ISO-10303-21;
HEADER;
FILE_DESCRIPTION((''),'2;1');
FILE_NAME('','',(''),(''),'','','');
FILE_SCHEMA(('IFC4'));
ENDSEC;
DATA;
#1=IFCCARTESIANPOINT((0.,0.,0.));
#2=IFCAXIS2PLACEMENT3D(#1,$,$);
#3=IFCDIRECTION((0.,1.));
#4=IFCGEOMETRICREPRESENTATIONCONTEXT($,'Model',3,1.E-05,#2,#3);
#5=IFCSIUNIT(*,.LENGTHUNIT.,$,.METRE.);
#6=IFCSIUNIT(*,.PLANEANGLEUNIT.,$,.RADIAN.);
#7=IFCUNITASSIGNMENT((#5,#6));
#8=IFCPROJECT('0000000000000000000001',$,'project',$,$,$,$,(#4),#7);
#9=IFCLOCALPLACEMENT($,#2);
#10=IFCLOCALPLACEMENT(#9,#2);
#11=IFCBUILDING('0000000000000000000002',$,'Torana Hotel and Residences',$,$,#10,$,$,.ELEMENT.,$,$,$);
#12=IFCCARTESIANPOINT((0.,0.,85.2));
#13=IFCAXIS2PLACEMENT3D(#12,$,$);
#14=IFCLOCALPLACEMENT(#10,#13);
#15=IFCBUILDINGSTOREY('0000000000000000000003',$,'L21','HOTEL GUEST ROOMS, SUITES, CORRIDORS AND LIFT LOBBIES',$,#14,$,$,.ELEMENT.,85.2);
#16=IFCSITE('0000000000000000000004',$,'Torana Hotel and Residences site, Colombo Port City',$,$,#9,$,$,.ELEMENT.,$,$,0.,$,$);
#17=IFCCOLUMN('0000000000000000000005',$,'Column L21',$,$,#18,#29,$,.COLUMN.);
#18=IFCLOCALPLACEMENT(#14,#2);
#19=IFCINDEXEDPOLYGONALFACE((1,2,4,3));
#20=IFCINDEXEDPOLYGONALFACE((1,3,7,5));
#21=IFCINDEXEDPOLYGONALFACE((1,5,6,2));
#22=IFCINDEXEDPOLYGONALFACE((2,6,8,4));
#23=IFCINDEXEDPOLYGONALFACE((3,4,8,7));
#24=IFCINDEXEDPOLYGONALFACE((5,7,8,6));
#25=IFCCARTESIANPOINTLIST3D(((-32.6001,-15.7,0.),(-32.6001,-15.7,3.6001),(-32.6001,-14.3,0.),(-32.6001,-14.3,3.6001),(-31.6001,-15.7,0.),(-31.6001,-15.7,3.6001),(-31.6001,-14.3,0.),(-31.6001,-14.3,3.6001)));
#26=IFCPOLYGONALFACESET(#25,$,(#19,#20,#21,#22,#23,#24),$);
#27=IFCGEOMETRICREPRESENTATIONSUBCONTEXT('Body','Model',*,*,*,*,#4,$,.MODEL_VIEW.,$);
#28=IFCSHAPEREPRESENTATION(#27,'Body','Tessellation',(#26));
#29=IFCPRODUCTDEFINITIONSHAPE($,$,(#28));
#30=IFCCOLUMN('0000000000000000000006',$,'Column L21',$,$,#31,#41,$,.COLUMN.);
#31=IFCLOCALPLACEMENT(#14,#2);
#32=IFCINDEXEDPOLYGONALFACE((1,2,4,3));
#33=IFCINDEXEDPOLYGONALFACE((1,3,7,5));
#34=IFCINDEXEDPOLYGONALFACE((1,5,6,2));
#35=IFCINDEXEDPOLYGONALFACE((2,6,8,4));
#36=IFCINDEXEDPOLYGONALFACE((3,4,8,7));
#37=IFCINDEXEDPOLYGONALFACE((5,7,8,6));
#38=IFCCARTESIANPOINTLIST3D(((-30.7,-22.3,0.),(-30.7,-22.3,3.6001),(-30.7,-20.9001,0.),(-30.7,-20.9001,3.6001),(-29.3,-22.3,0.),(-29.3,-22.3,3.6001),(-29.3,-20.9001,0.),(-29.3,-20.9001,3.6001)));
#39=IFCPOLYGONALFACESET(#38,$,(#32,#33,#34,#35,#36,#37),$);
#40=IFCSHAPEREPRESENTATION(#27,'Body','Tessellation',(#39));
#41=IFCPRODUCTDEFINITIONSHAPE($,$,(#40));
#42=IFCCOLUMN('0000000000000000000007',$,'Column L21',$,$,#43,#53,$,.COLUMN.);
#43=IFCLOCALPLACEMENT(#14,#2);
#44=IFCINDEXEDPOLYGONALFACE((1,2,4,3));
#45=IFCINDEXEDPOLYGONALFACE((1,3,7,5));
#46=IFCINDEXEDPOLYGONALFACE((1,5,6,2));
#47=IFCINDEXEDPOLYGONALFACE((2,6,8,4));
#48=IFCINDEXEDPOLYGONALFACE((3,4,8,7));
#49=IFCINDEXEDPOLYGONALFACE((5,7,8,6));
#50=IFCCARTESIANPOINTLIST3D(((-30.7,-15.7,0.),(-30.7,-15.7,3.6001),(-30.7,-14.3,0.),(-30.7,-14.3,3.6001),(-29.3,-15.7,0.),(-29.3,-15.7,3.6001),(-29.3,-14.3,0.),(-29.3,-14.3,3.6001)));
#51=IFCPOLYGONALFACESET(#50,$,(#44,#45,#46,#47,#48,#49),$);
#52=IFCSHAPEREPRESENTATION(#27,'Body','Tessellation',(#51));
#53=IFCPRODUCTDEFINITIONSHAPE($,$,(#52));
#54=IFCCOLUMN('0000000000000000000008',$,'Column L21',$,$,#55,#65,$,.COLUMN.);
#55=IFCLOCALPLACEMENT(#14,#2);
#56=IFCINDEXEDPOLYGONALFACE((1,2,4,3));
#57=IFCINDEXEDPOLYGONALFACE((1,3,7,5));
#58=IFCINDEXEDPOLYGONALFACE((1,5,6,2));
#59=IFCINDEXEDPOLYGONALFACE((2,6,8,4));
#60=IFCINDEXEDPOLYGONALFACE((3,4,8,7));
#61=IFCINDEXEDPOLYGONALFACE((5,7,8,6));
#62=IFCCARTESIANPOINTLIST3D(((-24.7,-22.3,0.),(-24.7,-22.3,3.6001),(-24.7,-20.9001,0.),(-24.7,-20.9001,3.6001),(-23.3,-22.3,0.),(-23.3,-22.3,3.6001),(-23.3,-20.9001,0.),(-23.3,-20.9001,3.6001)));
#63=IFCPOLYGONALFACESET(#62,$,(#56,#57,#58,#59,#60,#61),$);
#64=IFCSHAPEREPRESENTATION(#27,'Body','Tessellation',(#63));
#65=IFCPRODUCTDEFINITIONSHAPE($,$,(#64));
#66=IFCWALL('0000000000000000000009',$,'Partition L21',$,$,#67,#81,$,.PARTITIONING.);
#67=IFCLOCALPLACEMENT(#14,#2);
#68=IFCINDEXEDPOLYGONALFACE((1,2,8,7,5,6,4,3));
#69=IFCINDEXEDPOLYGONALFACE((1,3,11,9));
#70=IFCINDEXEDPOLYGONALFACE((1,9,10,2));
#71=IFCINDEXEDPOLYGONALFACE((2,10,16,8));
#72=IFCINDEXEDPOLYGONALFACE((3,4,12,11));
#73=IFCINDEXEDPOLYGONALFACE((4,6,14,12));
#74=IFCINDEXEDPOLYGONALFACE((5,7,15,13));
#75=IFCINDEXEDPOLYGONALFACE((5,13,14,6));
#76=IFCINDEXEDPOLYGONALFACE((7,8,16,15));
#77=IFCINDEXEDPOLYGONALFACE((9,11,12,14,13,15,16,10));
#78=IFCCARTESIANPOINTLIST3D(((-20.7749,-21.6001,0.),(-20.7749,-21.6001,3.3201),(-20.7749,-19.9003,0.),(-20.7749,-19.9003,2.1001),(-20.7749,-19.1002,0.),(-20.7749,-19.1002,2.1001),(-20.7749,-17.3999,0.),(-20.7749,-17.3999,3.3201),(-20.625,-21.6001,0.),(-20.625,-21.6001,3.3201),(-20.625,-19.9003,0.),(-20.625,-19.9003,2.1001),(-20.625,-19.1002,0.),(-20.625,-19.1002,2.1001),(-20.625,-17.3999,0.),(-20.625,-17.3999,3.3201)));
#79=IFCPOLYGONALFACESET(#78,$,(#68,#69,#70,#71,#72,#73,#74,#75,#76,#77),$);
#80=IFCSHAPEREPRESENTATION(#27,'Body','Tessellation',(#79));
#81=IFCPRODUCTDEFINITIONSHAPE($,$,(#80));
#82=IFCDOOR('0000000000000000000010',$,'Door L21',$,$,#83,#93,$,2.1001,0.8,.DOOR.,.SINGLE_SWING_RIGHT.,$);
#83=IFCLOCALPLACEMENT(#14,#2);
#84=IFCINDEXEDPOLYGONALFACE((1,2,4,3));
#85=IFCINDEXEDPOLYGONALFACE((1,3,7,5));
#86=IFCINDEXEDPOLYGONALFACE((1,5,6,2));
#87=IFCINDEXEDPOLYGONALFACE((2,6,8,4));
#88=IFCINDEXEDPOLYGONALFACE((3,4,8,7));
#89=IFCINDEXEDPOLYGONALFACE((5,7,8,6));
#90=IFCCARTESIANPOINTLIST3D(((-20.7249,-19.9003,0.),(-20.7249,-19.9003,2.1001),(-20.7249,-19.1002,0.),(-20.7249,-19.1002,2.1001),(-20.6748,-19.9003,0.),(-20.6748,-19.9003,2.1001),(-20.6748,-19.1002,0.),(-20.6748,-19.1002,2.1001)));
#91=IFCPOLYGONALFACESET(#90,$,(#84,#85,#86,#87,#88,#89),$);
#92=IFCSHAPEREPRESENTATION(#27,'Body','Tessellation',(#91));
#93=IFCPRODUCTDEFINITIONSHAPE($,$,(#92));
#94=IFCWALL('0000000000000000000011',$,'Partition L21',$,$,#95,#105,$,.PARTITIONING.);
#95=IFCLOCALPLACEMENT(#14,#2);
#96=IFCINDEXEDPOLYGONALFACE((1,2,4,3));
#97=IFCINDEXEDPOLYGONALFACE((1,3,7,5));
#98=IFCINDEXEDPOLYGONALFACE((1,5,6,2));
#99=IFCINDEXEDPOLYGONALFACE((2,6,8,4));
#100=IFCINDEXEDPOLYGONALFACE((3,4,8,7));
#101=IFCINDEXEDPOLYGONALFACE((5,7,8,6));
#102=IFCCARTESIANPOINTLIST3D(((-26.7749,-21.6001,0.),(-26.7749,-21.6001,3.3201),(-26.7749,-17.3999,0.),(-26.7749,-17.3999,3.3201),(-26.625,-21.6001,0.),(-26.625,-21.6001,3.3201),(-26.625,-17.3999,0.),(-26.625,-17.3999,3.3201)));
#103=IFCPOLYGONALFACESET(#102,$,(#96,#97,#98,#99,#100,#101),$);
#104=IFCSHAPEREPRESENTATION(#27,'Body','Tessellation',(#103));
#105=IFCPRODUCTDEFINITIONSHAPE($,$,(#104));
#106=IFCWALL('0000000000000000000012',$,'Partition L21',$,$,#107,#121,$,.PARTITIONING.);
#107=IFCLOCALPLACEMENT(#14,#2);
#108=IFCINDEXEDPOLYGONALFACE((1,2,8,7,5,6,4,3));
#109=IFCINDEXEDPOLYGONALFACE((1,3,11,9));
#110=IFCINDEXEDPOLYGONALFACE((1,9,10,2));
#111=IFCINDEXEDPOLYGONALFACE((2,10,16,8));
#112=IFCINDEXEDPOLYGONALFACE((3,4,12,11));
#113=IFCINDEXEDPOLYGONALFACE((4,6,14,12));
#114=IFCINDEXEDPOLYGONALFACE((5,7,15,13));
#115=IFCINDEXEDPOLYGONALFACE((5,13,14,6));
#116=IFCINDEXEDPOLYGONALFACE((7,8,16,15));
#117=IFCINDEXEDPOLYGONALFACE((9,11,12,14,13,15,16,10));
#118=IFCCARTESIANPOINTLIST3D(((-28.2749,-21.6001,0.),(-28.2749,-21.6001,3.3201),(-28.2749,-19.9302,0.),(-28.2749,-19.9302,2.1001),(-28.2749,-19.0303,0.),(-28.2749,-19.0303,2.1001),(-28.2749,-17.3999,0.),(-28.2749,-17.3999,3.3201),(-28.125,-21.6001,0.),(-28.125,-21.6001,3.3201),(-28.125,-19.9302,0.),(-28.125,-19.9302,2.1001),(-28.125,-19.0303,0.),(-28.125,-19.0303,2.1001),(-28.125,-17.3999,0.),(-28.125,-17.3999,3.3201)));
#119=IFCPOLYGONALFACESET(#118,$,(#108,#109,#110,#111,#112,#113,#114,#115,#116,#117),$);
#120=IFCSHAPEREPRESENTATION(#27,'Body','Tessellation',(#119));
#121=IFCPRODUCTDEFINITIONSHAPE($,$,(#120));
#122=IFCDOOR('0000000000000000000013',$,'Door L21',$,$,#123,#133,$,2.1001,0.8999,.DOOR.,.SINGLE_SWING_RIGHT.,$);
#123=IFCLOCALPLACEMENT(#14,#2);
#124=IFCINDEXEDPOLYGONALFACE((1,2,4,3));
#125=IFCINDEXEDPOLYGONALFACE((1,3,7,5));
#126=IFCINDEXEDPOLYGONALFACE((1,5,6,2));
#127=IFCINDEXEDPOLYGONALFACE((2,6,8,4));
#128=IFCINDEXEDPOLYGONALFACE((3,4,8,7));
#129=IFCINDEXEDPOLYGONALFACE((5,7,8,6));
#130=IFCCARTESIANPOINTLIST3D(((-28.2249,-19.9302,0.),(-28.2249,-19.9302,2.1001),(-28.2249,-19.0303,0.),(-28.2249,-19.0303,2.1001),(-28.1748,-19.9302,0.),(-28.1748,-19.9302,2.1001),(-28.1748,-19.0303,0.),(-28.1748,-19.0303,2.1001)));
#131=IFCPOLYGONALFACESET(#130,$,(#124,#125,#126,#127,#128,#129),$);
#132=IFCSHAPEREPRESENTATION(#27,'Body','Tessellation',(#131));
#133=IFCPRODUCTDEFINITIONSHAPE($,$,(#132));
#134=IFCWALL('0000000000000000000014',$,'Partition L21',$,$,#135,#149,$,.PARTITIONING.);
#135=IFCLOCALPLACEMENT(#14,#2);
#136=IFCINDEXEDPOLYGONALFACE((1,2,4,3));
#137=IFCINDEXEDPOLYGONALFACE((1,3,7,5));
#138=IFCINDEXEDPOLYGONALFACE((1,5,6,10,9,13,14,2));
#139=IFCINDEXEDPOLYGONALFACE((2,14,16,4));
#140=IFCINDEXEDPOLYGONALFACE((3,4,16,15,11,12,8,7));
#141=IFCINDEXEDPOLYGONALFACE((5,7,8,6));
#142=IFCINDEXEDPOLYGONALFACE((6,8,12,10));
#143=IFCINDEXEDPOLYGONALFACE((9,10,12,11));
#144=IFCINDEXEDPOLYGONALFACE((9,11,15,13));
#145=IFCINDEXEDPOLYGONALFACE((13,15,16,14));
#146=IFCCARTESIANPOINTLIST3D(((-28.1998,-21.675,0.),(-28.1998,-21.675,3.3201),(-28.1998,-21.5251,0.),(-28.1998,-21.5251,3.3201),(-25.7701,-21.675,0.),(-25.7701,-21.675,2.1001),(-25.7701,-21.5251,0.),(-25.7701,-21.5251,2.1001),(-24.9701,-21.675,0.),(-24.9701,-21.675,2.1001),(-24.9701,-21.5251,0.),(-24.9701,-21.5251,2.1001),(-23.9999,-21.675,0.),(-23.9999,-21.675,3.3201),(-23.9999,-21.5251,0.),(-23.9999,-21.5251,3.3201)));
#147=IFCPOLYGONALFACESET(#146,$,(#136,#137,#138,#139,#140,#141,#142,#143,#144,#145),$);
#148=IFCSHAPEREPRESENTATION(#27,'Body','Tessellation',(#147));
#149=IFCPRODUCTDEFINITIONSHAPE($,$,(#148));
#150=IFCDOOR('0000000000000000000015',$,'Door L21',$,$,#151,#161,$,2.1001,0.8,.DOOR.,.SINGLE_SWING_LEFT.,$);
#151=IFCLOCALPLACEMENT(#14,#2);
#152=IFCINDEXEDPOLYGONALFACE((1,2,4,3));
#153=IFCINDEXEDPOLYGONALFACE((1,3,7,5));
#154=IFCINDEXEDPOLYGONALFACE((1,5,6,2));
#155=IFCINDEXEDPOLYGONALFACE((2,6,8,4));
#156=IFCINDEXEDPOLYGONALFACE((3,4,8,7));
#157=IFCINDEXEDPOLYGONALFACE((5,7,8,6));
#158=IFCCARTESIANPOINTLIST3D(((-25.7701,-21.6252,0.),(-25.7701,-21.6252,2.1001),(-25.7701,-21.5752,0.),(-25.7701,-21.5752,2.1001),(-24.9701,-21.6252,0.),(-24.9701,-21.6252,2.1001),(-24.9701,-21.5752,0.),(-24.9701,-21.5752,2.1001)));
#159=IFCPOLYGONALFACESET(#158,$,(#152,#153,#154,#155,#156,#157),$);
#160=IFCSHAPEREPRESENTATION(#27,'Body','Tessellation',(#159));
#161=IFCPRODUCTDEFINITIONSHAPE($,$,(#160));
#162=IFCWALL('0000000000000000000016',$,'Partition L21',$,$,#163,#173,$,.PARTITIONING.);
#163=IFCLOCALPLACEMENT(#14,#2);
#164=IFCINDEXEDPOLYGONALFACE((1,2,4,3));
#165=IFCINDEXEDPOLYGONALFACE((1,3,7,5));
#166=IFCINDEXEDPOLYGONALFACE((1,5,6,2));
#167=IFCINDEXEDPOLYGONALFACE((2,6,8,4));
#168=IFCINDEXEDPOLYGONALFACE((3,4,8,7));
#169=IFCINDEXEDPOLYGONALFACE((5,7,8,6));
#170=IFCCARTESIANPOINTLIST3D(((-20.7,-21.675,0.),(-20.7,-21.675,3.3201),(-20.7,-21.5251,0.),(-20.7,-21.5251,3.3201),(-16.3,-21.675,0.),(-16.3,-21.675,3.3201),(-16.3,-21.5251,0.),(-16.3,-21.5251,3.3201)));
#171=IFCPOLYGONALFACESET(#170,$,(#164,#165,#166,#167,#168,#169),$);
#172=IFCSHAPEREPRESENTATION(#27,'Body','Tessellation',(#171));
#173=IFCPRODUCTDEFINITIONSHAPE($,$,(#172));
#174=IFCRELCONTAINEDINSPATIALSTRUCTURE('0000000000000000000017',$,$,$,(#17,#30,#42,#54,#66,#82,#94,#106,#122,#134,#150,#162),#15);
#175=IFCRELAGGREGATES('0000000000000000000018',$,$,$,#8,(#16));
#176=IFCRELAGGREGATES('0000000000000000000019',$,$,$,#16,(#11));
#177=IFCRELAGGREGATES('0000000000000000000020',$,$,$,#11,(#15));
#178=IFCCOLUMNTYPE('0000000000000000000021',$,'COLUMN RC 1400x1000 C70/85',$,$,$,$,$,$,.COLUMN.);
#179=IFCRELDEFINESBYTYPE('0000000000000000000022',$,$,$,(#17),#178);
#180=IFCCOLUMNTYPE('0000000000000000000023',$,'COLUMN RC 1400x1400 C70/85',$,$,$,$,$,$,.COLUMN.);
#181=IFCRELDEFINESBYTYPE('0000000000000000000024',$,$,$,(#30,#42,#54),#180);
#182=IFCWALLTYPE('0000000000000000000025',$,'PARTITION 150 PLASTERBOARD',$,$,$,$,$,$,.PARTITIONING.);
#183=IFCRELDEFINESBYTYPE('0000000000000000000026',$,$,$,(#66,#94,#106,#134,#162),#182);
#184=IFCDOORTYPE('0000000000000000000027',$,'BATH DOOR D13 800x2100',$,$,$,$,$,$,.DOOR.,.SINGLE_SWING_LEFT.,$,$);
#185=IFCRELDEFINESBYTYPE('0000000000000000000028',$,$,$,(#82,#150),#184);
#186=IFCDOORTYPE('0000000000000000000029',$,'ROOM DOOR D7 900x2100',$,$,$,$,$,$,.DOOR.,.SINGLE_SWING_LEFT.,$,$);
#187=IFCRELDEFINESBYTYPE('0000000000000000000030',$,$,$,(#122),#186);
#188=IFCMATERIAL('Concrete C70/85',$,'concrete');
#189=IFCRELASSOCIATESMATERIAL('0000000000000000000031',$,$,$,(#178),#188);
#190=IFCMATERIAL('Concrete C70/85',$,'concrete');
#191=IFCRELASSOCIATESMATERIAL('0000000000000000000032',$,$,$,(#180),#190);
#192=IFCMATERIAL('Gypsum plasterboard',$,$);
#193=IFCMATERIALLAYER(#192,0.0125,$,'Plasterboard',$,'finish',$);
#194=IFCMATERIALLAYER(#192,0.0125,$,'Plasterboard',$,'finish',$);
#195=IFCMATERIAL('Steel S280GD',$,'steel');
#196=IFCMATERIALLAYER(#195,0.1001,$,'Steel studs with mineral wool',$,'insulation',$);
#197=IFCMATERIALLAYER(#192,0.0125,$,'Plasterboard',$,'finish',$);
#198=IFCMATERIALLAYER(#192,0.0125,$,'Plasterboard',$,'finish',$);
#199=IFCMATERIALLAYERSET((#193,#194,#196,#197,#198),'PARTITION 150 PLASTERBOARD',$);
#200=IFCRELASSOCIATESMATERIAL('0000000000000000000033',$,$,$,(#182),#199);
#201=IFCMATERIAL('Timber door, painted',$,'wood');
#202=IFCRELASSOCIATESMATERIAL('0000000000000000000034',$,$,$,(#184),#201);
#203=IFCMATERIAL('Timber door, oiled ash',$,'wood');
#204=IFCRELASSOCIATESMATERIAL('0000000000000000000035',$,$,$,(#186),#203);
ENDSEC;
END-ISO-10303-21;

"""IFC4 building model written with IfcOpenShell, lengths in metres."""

from ifc_helpers import new_model, si_unit, direction, frame, frame_2d, origin, origin_2d, place, context, subcontext, project, spatial, rectangle, extrude, material, layer, layer_set, material_profile, profile_set, type_object, element, fill, save


model = new_model("IFC4")

# Units and contexts
model_context = context("Model", 3, precision=1e-05, world=origin(), true_north=direction((0.0, 1.0)))
body_context = subcontext(model_context, "Body", "Model", "MODEL_VIEW")
ifc_project = project(units=[si_unit("LENGTHUNIT", "METRE"), si_unit("PLANEANGLEUNIT", "RADIAN")], contexts=[model_context])

# Site, building, storey
site_placement = place(None, origin())
site = spatial("IfcSite", under=ifc_project, at=site_placement, Name="Torana Hotel and Residences site, Colombo Port City", CompositionType="ELEMENT", RefElevation=0.0)
building_placement = place(site_placement, origin())
building = spatial("IfcBuilding", under=site, at=building_placement, Name="Torana Hotel and Residences", CompositionType="ELEMENT")
storey_placement = place(building_placement, frame((0.0, 0.0, 85.2)))
storey = spatial("IfcBuildingStorey", under=building, at=storey_placement, Name="L21", Description="HOTEL GUEST ROOMS, SUITES, CORRIDORS AND LIFT LOBBIES", CompositionType="ELEMENT", Elevation=85.2)

# Columns
ifc_material_1 = material(Name="Concrete C70/85", Category="concrete")
ifc_material_profile_1 = material_profile(ifc_material_1, rectangle(XDim=1.3999, YDim=1.0, at=origin_2d()), Name="RC 1400x1000")
ifc_profile_set_1 = profile_set([ifc_material_profile_1], Name="Concrete C70/85")
column_type_1 = type_object("IfcColumnType", Name="COLUMN RC 1400x1000 C70/85", PredefinedType="COLUMN", material=ifc_profile_set_1)
column_placement = place(storey_placement, frame((-32.1001, -15.0, 0.0), z_axis=(0.0, 0.0, 1.0), x_axis=(0.0, 1.0, 0.0)))
element("IfcColumn", 1, at=column_placement, inside=storey, type_object=column_type_1, Name="Column L21", PredefinedType="COLUMN", context=body_context, shape_type="SweptSolid", body=[
    extrude(rectangle(XDim=1.3999, YDim=1.0, at=origin_2d()), origin(), (0.0, 0.0, 1.0), 3.6001),
])
ifc_material_2 = material(Name="Concrete C70/85", Category="concrete")
ifc_material_profile_2 = material_profile(ifc_material_2, rectangle(XDim=1.3999, YDim=1.3999, at=origin_2d()), Name="RC 1400x1400")
ifc_profile_set_2 = profile_set([ifc_material_profile_2], Name="Concrete C70/85")
column_type_2 = type_object("IfcColumnType", Name="COLUMN RC 1400x1400 C70/85", PredefinedType="COLUMN", material=ifc_profile_set_2)
for number, where, z_axis, x_axis, name in (
    (2, (-30.0, -21.6001, 0.0), (0.0, 0.0, 1.0), (1.0, 0.0, 0.0), "Column L21"),
    (3, (-30.0, -15.0, 0.0), (0.0, 0.0, 1.0), (1.0, 0.0, 0.0), "Column L21"),
    (4, (-24.0, -21.6001, 0.0), (0.0, 0.0, 1.0), (1.0, 0.0, 0.0), "Column L21"),
):
    element("IfcColumn", number, at=place(storey_placement, frame(where, z_axis=z_axis, x_axis=x_axis)), inside=storey, type_object=column_type_2, Name=name, PredefinedType="COLUMN", context=body_context, shape_type="SweptSolid", body=[
        extrude(rectangle(XDim=1.3999, YDim=1.3999, at=origin_2d()), origin(), (0.0, 0.0, 1.0), 3.6001),
    ])

# Wall, opening, door
ifc_material_3 = material(Name="Gypsum plasterboard")
ifc_layer_1 = layer(ifc_material_3, 0.0125, Name="Plasterboard", Category="finish")
ifc_layer_2 = layer(ifc_material_3, 0.0125, Name="Plasterboard", Category="finish")
ifc_material_4 = material(Name="Steel S280GD", Category="steel")
ifc_layer_3 = layer(ifc_material_4, 0.1001, Name="Steel studs with mineral wool", Category="insulation")
ifc_layer_4 = layer(ifc_material_3, 0.0125, Name="Plasterboard", Category="finish")
ifc_layer_5 = layer(ifc_material_3, 0.0125, Name="Plasterboard", Category="finish")
ifc_layer_set = layer_set([ifc_layer_1, ifc_layer_2, ifc_layer_3, ifc_layer_4, ifc_layer_5], Name="PARTITION 150 PLASTERBOARD")
wall_type = type_object("IfcWallType", Name="PARTITION 150 PLASTERBOARD", PredefinedType="PARTITIONING", material=ifc_layer_set)
wall_1_placement = place(storey_placement, frame((-20.7, -21.6001, 0.0), z_axis=(0.0, 0.0, 1.0), x_axis=(0.0, 1.0, 0.0)))
wall_1 = element("IfcWall", 5, at=wall_1_placement, inside=storey, type_object=wall_type, Name="Partition L21", PredefinedType="PARTITIONING", context=body_context, shape_type="SweptSolid", body=[
    extrude(rectangle(XDim=4.2002, YDim=0.1499, at=frame_2d((2.1001, 0.0))), origin(), (0.0, 0.0, 1.0), 3.3201),
])
opening_1_placement = place(wall_1_placement, frame((1.7, 0.0, 0.0)))
opening_1 = element("IfcOpeningElement", 6, at=opening_1_placement, cuts=wall_1, PredefinedType="OPENING", context=body_context, shape_type="SweptSolid", body=[
    extrude(rectangle(XDim=0.8, YDim=2.1001, at=frame_2d((0.3999, 1.05))), frame((0.0, 0.085, 0.0), z_axis=(0.0, -1.0, 0.0), x_axis=(1.0, 0.0, 0.0)), (0.0, 0.0, 1.0), 0.1699),
])
ifc_material_5 = material(Name="Timber door, painted", Category="wood")
door_type_1 = type_object("IfcDoorType", Name="BATH DOOR D13 800x2100", OperationType="SINGLE_SWING_LEFT", PredefinedType="DOOR", material=ifc_material_5)
door_1_placement = place(opening_1_placement, origin())
door_1 = element("IfcDoor", 7, at=door_1_placement, inside=storey, type_object=door_type_1, Name="Door L21", OperationType="SINGLE_SWING_RIGHT", OverallHeight=2.1001, OverallWidth=0.8, PredefinedType="DOOR", context=body_context, shape_type="SweptSolid", body=[
    extrude(rectangle(XDim=0.8, YDim=2.1001, at=frame_2d((0.3999, 1.05))), frame((0.0, 0.0249, 0.0), z_axis=(0.0, -1.0, 0.0), x_axis=(1.0, 0.0, 0.0)), (0.0, 0.0, 1.0), 0.05),
])
fill(opening_1, door_1)

# Wall
wall_2_placement = place(storey_placement, frame((-26.7, -21.6001, 0.0), z_axis=(0.0, 0.0, 1.0), x_axis=(0.0, 1.0, 0.0)))
element("IfcWall", 8, at=wall_2_placement, inside=storey, type_object=wall_type, Name="Partition L21", PredefinedType="PARTITIONING", context=body_context, shape_type="SweptSolid", body=[
    extrude(rectangle(XDim=4.2002, YDim=0.1499, at=frame_2d((2.1001, 0.0))), origin(), (0.0, 0.0, 1.0), 3.3201),
])

# Walls, openings, doors
wall_3_placement = place(storey_placement, frame((-28.2, -21.6001, 0.0), z_axis=(0.0, 0.0, 1.0), x_axis=(0.0, 1.0, 0.0)))
wall_3 = element("IfcWall", 9, at=wall_3_placement, inside=storey, type_object=wall_type, Name="Partition L21", PredefinedType="PARTITIONING", context=body_context, shape_type="SweptSolid", body=[
    extrude(rectangle(XDim=4.2002, YDim=0.1499, at=frame_2d((2.1001, 0.0))), origin(), (0.0, 0.0, 1.0), 3.3201),
])
opening_2_placement = place(wall_3_placement, frame((1.6699, 0.0, 0.0)))
opening_2 = element("IfcOpeningElement", 10, at=opening_2_placement, cuts=wall_3, PredefinedType="OPENING", context=body_context, shape_type="SweptSolid", body=[
    extrude(rectangle(XDim=0.8999, YDim=2.1001, at=frame_2d((0.45, 1.05))), frame((0.0, 0.085, 0.0), z_axis=(0.0, -1.0, 0.0), x_axis=(1.0, 0.0, 0.0)), (0.0, 0.0, 1.0), 0.1699),
])
ifc_material_6 = material(Name="Timber door, oiled ash", Category="wood")
door_type_2 = type_object("IfcDoorType", Name="ROOM DOOR D7 900x2100", OperationType="SINGLE_SWING_LEFT", PredefinedType="DOOR", material=ifc_material_6)
door_2_placement = place(opening_2_placement, origin())
door_2 = element("IfcDoor", 11, at=door_2_placement, inside=storey, type_object=door_type_2, Name="Door L21", OperationType="SINGLE_SWING_RIGHT", OverallHeight=2.1001, OverallWidth=0.8999, PredefinedType="DOOR", context=body_context, shape_type="SweptSolid", body=[
    extrude(rectangle(XDim=0.8999, YDim=2.1001, at=frame_2d((0.45, 1.05))), frame((0.0, 0.0249, 0.0), z_axis=(0.0, -1.0, 0.0), x_axis=(1.0, 0.0, 0.0)), (0.0, 0.0, 1.0), 0.05),
])
fill(opening_2, door_2)
wall_4_placement = place(storey_placement, frame((-28.2, -21.6001, 0.0), z_axis=(0.0, 0.0, 1.0), x_axis=(1.0, 0.0, 0.0)))
wall_4 = element("IfcWall", 12, at=wall_4_placement, inside=storey, type_object=wall_type, Name="Partition L21", PredefinedType="PARTITIONING", context=body_context, shape_type="SweptSolid", body=[
    extrude(rectangle(XDim=4.2, YDim=0.1499, at=frame_2d((2.1001, 0.0))), origin(), (0.0, 0.0, 1.0), 3.3201),
])
opening_3_placement = place(wall_4_placement, frame((2.4299, 0.0, 0.0)))
opening_3 = element("IfcOpeningElement", 13, at=opening_3_placement, cuts=wall_4, PredefinedType="OPENING", context=body_context, shape_type="SweptSolid", body=[
    extrude(rectangle(XDim=0.8, YDim=2.1001, at=frame_2d((0.3999, 1.05))), frame((0.0, 0.085, 0.0), z_axis=(0.0, -1.0, 0.0), x_axis=(1.0, 0.0, 0.0)), (0.0, 0.0, 1.0), 0.1699),
])
door_3_placement = place(opening_3_placement, origin())
door_3 = element("IfcDoor", 14, at=door_3_placement, inside=storey, type_object=door_type_1, Name="Door L21", OperationType="SINGLE_SWING_LEFT", OverallHeight=2.1001, OverallWidth=0.8, PredefinedType="DOOR", context=body_context, shape_type="SweptSolid", body=[
    extrude(rectangle(XDim=0.8, YDim=2.1001, at=frame_2d((0.3999, 1.05))), frame((0.0, 0.0249, 0.0), z_axis=(0.0, -1.0, 0.0), x_axis=(1.0, 0.0, 0.0)), (0.0, 0.0, 1.0), 0.05),
])
fill(opening_3, door_3)

# Wall
wall_5_placement = place(storey_placement, frame((-20.7, -21.6001, 0.0), z_axis=(0.0, 0.0, 1.0), x_axis=(1.0, 0.0, 0.0)))
element("IfcWall", 15, at=wall_5_placement, inside=storey, type_object=wall_type, Name="Partition L21", PredefinedType="PARTITIONING", context=body_context, shape_type="SweptSolid", body=[
    extrude(rectangle(XDim=4.3999, YDim=0.1499, at=frame_2d((2.2, 0.0))), origin(), (0.0, 0.0, 1.0), 3.3201),
])

save(model, "model.ifc")
